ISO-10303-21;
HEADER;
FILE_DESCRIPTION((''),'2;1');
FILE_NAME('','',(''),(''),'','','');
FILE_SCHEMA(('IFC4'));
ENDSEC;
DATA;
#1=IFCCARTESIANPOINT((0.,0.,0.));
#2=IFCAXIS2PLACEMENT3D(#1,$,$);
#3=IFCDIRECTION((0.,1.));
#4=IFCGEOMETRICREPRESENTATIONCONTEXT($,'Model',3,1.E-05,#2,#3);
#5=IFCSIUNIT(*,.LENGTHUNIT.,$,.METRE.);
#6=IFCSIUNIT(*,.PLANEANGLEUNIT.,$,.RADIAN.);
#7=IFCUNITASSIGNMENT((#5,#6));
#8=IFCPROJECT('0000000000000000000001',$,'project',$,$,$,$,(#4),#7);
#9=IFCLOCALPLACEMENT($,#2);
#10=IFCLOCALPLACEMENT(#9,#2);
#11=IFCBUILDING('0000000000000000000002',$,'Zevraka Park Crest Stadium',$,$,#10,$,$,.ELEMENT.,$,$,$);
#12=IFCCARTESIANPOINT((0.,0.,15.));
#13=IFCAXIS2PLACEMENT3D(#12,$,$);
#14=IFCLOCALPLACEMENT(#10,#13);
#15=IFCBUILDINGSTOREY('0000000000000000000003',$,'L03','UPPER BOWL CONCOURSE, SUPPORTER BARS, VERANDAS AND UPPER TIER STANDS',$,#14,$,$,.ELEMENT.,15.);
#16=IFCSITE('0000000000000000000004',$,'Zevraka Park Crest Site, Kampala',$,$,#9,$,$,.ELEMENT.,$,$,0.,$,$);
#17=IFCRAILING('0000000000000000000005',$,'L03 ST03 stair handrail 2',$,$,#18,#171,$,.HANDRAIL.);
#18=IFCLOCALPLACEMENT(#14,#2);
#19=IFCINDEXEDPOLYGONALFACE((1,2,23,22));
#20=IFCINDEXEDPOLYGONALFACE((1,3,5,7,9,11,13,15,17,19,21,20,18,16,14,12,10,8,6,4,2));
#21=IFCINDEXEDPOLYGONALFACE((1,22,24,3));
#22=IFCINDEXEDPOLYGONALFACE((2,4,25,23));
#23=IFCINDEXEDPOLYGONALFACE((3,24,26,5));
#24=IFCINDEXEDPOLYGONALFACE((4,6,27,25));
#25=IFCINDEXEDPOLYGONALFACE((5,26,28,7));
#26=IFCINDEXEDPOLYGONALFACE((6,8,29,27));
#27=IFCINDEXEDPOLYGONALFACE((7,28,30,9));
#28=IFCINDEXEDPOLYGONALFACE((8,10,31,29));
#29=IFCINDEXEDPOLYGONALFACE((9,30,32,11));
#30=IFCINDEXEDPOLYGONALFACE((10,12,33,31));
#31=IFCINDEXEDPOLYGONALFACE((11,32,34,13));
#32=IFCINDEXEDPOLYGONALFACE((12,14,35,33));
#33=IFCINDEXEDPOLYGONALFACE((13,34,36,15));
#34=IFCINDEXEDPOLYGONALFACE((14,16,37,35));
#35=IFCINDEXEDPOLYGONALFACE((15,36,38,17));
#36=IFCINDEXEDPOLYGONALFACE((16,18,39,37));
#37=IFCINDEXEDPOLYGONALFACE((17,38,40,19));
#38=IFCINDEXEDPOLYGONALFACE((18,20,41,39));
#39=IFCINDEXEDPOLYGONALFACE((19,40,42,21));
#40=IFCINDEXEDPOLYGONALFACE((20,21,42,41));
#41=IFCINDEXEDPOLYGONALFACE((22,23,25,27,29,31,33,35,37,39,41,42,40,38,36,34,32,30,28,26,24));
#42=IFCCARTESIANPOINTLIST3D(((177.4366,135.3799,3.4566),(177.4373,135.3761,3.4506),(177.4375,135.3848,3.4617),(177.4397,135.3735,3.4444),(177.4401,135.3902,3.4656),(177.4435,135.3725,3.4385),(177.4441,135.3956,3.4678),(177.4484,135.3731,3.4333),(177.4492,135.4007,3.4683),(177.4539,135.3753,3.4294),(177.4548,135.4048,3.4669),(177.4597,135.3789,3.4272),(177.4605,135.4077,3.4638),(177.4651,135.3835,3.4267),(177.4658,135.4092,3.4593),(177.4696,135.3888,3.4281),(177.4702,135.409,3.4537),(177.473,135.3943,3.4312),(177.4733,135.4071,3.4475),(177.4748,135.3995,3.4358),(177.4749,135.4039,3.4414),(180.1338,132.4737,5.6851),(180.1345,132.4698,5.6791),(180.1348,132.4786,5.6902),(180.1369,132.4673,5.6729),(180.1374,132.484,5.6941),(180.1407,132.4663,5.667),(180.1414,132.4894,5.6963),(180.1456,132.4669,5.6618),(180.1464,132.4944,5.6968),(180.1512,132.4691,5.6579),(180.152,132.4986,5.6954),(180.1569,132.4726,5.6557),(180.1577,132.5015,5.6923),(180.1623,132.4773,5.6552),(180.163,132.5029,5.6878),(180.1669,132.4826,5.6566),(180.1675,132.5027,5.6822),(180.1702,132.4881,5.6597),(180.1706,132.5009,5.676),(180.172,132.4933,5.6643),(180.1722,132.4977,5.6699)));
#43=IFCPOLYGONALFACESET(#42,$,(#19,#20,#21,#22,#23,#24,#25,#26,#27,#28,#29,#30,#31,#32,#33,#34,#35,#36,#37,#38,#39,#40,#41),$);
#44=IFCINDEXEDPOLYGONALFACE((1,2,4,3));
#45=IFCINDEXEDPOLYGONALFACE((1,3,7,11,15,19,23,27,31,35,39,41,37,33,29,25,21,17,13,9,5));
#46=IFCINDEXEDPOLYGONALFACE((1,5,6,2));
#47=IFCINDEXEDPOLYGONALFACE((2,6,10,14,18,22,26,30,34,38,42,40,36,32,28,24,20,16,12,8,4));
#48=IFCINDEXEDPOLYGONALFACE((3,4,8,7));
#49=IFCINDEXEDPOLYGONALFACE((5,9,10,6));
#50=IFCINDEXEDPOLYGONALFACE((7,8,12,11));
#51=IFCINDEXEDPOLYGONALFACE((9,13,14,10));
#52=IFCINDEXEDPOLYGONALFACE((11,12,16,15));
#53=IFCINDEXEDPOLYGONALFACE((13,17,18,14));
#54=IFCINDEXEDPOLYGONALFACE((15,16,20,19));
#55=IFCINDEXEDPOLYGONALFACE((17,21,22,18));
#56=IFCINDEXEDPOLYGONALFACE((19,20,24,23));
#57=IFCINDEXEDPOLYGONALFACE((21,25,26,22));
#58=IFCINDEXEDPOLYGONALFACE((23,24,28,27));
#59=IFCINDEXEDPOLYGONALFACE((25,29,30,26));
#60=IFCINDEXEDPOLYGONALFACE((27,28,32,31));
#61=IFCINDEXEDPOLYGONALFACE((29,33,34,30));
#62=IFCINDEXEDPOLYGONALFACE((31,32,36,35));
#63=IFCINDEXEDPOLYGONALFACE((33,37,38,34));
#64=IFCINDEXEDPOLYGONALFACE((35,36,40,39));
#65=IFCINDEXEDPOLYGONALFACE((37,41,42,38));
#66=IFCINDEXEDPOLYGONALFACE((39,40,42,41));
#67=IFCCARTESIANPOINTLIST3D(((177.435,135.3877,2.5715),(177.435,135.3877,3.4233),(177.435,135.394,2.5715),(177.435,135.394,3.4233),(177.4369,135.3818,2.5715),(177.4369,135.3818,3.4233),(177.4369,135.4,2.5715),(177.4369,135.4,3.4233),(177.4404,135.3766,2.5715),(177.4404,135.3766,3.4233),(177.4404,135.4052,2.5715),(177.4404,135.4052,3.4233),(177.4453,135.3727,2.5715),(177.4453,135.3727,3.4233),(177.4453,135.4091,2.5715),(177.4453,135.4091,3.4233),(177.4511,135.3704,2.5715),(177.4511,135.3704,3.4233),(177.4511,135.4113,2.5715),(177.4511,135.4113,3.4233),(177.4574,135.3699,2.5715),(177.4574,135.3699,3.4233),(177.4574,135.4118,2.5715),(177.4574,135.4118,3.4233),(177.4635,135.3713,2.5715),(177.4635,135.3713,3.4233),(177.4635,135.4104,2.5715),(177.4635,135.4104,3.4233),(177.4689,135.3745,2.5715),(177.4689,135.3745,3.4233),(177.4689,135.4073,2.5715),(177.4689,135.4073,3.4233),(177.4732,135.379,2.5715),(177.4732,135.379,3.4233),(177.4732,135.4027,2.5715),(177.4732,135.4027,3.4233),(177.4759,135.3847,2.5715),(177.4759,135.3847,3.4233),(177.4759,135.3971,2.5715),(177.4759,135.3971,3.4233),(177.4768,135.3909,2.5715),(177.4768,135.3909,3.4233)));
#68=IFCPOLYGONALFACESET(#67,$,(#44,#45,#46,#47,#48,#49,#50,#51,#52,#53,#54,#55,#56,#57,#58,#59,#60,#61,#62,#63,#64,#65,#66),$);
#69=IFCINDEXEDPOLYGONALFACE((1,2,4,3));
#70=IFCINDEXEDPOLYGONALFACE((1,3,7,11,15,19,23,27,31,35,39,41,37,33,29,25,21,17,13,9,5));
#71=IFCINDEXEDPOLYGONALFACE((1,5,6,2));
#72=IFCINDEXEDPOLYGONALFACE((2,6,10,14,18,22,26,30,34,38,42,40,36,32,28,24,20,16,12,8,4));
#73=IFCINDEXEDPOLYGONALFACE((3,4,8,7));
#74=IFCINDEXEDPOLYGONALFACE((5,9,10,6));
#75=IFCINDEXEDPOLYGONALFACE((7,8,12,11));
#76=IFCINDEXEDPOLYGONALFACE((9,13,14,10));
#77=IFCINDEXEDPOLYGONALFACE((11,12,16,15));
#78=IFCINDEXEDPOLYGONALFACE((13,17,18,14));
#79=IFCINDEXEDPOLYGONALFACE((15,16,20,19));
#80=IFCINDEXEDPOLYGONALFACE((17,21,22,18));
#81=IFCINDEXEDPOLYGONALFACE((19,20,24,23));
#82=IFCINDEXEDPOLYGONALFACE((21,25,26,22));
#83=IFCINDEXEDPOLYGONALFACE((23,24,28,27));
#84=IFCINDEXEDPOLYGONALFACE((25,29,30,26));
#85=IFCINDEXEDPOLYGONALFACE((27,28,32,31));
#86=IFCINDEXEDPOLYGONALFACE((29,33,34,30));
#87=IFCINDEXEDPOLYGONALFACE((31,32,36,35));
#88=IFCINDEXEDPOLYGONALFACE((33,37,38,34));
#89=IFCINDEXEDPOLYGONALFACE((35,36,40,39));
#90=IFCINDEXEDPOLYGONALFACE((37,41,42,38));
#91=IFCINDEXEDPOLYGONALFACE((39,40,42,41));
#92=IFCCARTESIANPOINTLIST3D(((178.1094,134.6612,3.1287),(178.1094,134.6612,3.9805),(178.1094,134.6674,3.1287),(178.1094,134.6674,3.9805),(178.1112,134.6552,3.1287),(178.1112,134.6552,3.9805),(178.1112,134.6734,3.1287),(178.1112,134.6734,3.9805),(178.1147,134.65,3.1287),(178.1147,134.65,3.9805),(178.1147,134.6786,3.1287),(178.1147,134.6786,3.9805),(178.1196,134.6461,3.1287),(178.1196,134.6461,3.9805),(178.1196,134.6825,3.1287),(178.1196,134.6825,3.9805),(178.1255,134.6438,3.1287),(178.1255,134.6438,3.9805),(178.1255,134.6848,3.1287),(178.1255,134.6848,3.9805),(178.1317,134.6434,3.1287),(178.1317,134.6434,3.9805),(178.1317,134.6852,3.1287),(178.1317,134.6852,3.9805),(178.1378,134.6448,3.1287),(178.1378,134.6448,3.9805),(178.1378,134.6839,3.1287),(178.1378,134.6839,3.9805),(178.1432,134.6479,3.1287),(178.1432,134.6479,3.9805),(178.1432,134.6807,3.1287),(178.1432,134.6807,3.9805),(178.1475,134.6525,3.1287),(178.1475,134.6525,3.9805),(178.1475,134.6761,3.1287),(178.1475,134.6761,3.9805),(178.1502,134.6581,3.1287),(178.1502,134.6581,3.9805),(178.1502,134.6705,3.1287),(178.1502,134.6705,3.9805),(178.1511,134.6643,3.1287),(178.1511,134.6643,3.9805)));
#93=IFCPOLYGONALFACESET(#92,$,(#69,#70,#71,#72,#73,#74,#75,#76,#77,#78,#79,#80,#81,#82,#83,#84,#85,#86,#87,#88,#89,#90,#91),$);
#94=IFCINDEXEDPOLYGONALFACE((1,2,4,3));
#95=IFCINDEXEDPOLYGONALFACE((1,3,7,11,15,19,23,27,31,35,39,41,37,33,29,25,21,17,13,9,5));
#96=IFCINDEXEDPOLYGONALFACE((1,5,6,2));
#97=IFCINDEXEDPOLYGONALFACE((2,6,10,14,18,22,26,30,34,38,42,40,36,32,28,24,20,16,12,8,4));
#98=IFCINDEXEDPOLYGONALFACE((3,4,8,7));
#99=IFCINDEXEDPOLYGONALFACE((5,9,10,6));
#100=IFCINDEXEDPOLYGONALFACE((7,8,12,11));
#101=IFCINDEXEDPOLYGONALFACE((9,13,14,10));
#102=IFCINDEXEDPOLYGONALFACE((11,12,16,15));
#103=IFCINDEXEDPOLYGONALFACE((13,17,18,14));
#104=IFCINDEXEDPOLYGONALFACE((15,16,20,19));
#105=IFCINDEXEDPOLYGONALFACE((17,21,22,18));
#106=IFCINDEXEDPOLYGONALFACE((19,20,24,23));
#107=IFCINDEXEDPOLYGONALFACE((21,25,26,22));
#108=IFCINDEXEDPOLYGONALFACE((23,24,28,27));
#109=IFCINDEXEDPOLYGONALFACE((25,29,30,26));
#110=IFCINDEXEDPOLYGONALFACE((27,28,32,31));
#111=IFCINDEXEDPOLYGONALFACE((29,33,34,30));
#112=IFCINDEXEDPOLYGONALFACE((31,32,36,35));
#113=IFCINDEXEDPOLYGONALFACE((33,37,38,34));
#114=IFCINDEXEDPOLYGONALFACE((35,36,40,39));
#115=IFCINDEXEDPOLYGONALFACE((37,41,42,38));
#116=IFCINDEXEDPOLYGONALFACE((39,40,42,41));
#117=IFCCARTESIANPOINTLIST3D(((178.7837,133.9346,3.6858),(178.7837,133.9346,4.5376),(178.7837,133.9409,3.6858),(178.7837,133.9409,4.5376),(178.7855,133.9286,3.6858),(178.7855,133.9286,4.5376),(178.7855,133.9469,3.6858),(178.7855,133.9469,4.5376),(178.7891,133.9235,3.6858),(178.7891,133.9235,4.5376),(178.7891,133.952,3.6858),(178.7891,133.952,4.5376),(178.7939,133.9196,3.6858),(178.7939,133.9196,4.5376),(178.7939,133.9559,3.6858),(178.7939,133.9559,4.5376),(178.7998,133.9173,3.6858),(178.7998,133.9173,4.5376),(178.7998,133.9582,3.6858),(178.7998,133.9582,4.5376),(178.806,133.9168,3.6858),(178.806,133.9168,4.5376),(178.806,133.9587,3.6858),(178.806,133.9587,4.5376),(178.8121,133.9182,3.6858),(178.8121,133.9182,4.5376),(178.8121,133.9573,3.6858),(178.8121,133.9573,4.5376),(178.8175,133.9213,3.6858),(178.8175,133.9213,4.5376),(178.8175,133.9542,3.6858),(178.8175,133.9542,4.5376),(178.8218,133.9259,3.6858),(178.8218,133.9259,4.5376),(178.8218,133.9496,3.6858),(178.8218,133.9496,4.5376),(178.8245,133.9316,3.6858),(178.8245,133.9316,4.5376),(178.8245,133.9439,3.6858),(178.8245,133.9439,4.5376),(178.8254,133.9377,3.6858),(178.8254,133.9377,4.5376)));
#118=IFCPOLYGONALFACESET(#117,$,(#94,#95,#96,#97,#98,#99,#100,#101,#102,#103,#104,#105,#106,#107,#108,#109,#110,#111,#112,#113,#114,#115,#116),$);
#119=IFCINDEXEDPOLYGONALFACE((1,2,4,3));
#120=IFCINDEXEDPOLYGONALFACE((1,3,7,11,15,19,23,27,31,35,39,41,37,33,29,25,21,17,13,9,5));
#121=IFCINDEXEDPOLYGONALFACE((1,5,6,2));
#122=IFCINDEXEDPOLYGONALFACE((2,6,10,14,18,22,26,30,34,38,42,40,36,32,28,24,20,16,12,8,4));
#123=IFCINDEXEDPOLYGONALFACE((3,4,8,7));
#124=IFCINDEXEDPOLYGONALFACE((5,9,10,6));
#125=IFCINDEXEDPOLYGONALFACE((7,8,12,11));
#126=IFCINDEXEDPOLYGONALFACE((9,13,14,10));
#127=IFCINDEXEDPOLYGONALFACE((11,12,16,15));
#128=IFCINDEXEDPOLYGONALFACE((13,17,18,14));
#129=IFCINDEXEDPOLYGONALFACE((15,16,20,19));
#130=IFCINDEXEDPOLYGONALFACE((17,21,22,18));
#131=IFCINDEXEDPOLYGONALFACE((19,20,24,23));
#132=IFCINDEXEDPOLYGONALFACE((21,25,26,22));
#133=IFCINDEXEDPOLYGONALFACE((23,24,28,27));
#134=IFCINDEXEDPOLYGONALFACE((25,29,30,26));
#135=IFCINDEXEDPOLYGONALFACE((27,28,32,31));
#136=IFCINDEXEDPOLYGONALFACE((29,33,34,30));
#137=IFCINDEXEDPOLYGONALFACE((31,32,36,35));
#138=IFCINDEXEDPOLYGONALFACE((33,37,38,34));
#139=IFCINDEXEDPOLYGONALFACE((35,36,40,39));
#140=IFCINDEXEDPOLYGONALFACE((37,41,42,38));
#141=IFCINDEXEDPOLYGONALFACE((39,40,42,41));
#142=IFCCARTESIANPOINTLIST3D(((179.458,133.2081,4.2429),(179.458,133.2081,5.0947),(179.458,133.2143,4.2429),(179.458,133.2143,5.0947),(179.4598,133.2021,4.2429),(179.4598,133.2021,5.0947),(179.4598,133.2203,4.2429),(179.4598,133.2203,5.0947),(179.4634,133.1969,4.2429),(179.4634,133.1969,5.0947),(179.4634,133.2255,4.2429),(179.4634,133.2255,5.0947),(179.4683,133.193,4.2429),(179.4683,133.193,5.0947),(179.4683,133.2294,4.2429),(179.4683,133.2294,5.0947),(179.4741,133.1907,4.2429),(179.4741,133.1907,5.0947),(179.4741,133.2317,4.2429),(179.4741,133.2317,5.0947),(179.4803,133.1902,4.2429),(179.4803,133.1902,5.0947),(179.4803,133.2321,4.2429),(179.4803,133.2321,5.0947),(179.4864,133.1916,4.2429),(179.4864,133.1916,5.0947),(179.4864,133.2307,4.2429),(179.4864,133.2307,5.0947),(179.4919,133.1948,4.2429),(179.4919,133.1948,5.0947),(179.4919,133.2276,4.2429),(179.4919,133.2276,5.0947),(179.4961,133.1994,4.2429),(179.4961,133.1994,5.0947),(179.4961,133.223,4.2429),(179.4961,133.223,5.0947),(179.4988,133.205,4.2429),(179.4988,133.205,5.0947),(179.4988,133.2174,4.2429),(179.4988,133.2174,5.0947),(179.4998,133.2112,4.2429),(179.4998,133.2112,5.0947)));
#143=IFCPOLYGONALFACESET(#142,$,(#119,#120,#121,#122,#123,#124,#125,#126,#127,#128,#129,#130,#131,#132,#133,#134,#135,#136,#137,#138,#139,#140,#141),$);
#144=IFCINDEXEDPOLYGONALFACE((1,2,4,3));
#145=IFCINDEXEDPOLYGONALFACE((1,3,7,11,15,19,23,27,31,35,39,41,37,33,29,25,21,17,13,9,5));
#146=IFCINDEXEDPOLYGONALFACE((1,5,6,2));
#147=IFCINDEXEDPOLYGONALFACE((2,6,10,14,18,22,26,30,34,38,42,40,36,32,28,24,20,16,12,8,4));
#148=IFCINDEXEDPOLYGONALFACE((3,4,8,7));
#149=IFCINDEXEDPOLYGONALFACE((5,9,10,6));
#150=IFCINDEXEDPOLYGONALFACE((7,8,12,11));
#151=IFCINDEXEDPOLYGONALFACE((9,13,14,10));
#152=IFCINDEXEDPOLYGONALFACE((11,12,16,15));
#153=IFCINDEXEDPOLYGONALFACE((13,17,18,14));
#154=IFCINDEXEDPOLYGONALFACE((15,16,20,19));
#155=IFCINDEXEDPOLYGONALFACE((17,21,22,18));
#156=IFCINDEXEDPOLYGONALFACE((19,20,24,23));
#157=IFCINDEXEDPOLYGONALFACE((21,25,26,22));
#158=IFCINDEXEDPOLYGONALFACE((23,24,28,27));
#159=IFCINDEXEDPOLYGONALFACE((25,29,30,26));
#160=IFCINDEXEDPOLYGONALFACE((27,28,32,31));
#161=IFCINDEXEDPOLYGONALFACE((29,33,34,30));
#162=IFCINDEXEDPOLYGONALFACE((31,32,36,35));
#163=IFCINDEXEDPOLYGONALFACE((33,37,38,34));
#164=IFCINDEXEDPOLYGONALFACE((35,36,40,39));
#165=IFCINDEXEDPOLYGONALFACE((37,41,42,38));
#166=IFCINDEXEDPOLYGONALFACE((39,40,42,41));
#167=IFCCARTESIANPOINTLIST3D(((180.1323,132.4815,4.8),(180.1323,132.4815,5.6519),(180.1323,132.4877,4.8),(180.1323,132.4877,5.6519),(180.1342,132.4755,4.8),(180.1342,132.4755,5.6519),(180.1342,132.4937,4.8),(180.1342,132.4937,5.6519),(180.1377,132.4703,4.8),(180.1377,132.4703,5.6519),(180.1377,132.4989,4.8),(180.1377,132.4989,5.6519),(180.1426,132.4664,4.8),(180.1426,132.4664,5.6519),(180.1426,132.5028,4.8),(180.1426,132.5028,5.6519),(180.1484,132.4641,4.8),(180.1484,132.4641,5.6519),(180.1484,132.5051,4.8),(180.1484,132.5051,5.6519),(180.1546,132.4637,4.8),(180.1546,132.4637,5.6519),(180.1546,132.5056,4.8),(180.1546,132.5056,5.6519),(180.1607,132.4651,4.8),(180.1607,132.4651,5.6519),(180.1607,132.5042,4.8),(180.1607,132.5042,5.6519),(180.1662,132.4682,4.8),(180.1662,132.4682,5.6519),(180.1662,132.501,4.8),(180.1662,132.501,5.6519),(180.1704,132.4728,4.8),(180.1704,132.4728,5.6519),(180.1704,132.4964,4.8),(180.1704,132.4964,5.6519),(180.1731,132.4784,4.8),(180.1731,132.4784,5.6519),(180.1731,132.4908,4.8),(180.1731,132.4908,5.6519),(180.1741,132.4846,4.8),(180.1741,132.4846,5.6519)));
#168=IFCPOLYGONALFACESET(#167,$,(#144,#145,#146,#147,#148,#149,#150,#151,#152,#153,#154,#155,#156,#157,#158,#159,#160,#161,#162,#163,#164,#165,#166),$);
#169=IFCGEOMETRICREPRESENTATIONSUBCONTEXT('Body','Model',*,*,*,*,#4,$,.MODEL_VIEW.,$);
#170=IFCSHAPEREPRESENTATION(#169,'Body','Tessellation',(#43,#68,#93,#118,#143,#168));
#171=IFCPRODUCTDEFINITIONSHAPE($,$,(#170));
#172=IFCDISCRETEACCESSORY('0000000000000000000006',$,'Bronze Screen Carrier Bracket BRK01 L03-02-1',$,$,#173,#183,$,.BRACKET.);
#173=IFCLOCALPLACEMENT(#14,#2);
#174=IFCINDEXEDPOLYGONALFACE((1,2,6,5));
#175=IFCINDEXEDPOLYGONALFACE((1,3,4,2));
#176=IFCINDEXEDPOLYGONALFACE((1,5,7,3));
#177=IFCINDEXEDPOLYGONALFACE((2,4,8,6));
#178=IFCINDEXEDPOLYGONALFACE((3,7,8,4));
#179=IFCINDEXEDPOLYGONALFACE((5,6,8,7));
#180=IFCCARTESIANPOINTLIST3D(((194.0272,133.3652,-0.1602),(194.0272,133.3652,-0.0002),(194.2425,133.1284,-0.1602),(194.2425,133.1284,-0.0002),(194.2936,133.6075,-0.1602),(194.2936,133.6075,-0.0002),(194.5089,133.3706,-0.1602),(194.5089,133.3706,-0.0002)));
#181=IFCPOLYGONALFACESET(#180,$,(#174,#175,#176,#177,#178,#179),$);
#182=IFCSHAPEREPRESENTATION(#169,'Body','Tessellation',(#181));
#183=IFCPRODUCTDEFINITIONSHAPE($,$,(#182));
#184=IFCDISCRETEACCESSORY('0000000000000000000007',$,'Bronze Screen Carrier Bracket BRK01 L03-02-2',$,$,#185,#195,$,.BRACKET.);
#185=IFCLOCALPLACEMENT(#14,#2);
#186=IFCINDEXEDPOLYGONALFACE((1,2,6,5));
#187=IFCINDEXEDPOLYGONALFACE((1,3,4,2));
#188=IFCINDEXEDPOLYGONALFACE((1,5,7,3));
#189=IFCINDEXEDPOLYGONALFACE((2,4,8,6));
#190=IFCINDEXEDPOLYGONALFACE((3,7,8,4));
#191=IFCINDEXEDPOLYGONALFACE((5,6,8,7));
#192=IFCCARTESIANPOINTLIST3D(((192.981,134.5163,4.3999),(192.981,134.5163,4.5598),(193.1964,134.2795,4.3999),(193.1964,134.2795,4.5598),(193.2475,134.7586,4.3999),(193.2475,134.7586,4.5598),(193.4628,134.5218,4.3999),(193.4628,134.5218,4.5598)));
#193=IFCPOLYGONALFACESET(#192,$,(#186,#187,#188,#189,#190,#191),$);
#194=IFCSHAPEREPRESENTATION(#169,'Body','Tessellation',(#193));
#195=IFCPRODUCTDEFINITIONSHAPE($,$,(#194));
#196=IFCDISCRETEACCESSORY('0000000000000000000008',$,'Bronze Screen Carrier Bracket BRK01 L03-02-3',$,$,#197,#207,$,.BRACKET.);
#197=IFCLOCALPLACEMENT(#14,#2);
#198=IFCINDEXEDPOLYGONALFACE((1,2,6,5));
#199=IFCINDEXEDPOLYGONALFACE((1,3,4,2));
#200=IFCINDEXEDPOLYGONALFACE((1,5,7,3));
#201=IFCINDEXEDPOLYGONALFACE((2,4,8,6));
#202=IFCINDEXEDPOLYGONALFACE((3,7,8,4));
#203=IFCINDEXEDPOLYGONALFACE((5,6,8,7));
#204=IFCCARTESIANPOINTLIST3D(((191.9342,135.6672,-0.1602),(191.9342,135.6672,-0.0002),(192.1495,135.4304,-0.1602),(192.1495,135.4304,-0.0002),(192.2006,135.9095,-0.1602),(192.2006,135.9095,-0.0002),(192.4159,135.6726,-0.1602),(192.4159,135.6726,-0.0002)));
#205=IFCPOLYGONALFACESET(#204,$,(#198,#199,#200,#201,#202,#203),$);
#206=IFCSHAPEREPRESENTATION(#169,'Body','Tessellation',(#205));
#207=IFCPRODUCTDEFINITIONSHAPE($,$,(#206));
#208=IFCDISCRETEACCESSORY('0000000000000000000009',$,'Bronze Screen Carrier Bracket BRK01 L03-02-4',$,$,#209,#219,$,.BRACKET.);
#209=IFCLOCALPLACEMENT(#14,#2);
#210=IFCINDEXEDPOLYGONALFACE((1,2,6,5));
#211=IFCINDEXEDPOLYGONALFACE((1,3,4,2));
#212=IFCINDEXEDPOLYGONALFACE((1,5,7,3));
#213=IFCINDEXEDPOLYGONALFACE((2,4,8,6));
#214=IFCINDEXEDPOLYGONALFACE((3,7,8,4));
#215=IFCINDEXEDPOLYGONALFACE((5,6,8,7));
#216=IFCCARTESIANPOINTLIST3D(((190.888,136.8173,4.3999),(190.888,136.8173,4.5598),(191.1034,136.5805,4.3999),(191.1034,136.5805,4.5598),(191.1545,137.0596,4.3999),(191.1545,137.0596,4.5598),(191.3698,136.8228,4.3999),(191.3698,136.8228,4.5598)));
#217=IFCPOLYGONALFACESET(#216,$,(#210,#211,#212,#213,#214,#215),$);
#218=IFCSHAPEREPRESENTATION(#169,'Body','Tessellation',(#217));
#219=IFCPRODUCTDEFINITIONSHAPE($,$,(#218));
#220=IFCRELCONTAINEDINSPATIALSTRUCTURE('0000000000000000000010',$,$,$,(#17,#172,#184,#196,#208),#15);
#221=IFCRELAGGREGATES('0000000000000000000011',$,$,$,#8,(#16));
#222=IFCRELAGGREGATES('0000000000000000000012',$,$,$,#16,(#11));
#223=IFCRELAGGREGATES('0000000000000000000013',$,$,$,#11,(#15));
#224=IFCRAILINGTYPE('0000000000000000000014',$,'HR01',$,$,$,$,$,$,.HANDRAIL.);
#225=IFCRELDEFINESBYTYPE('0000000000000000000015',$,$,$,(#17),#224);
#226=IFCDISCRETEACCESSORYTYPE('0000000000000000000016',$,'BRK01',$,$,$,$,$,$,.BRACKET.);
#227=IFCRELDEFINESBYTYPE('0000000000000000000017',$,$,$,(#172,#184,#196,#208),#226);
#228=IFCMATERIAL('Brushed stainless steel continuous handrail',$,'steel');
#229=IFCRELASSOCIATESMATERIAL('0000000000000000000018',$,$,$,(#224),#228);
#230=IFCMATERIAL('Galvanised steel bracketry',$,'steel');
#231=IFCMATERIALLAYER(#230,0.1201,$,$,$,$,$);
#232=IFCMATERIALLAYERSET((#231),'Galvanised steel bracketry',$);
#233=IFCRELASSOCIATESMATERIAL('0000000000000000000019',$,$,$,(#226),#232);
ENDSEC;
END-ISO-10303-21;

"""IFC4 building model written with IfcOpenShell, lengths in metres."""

from ifc_helpers import new_model, si_unit, direction, frame, origin, origin_2d, place, context, subcontext, project, spatial, rectangle, circle, extrude, material, layer, layer_set, type_object, element, save


model = new_model("IFC4")

# Units and contexts
model_context = context("Model", 3, precision=1e-05, world=origin(), true_north=direction((0.0, 1.0)))
body_context = subcontext(model_context, "Body", "Model", "MODEL_VIEW")
ifc_project = project(units=[si_unit("LENGTHUNIT", "METRE"), si_unit("PLANEANGLEUNIT", "RADIAN")], contexts=[model_context])

# Site, building, storey
site_placement = place(None, origin())
site = spatial("IfcSite", under=ifc_project, at=site_placement, Name="Zevraka Park Crest Site, Kampala", CompositionType="ELEMENT", RefElevation=0.0)
building_placement = place(site_placement, origin())
building = spatial("IfcBuilding", under=site, at=building_placement, Name="Zevraka Park Crest Stadium", CompositionType="ELEMENT")
storey_placement = place(building_placement, frame((0.0, 0.0, 15.0)))
storey = spatial("IfcBuildingStorey", under=building, at=storey_placement, Name="L03", Description="UPPER BOWL CONCOURSE, SUPPORTER BARS, VERANDAS AND UPPER TIER STANDS", CompositionType="ELEMENT", Elevation=15.0)

# Railing
ifc_material_1 = material(Name="Brushed stainless steel continuous handrail", Category="steel")
railing_type_1 = type_object("IfcRailingType", Name="HR01", PredefinedType="HANDRAIL", material=ifc_material_1)
railing_1_placement = place(storey_placement, frame((177.4558, 135.3909, 2.5715)))
element("IfcRailing", 1, at=railing_1_placement, inside=storey, type_object=railing_type_1, Name="L03 ST03 stair handrail 2", PredefinedType="HANDRAIL", context=body_context, shape_type="SweptSolid", body=[
    extrude(circle(Radius=0.0239, at=origin_2d()), frame((0.0, 0.0, 0.876), z_axis=(0.593016, -0.638963, 0.489957), x_axis=(0.732969, 0.680262, 0.0)), (0.0, 0.0, 1.0), 4.5483),
    extrude(circle(Radius=0.021, at=origin_2d()), origin(), (0.0, 0.0, 1.0), 0.8518),
    extrude(circle(Radius=0.021, at=origin_2d()), frame((0.6743, -0.7266, 0.5571)), (0.0, 0.0, 1.0), 0.8518),
    extrude(circle(Radius=0.021, at=origin_2d()), frame((1.3486, -1.4531, 1.1143)), (0.0, 0.0, 1.0), 0.8518),
    extrude(circle(Radius=0.021, at=origin_2d()), frame((2.0229, -2.1797, 1.6714)), (0.0, 0.0, 1.0), 0.8518),
    extrude(circle(Radius=0.021, at=origin_2d()), frame((2.6973, -2.9062, 2.2285)), (0.0, 0.0, 1.0), 0.8518),
])

# Discrete accessories
ifc_material_2 = material(Name="Galvanised steel bracketry", Category="steel")
ifc_layer_1 = layer(ifc_material_2, 0.1201)
ifc_layer_set_1 = layer_set([ifc_layer_1], Name="Galvanised steel bracketry")
discrete_accessory_type = type_object("IfcDiscreteAccessoryType", Name="BRK01", PredefinedType="BRACKET", material=ifc_layer_set_1)
for number, where, z_axis, x_axis, name in (
    (2, (194.2681, 133.3679, -0.1602), (0.0, 0.0, 1.0), (-0.672754, 0.739866, 0.0), "Bronze Screen Carrier Bracket BRK01 L03-02-1"),
    (3, (193.2219, 134.519, 4.3999), (0.0, 0.0, 1.0), (-0.672754, 0.739866, 0.0), "Bronze Screen Carrier Bracket BRK01 L03-02-2"),
    (4, (192.175, 135.6699, -0.1602), (0.0, 0.0, 1.0), (-0.672754, 0.739866, 0.0), "Bronze Screen Carrier Bracket BRK01 L03-02-3"),
    (5, (191.1289, 136.8201, 4.3999), (0.0, 0.0, 1.0), (-0.672754, 0.739866, 0.0), "Bronze Screen Carrier Bracket BRK01 L03-02-4"),
):
    element("IfcDiscreteAccessory", number, at=place(storey_placement, frame(where, z_axis=z_axis, x_axis=x_axis)), inside=storey, type_object=discrete_accessory_type, Name=name, PredefinedType="BRACKET", context=body_context, shape_type="SweptSolid", body=[
        extrude(rectangle(XDim=0.3201, YDim=0.3601, at=origin_2d()), origin(), (0.0, 0.0, 1.0), 0.1599),
    ])

save(model, "model.ifc")
